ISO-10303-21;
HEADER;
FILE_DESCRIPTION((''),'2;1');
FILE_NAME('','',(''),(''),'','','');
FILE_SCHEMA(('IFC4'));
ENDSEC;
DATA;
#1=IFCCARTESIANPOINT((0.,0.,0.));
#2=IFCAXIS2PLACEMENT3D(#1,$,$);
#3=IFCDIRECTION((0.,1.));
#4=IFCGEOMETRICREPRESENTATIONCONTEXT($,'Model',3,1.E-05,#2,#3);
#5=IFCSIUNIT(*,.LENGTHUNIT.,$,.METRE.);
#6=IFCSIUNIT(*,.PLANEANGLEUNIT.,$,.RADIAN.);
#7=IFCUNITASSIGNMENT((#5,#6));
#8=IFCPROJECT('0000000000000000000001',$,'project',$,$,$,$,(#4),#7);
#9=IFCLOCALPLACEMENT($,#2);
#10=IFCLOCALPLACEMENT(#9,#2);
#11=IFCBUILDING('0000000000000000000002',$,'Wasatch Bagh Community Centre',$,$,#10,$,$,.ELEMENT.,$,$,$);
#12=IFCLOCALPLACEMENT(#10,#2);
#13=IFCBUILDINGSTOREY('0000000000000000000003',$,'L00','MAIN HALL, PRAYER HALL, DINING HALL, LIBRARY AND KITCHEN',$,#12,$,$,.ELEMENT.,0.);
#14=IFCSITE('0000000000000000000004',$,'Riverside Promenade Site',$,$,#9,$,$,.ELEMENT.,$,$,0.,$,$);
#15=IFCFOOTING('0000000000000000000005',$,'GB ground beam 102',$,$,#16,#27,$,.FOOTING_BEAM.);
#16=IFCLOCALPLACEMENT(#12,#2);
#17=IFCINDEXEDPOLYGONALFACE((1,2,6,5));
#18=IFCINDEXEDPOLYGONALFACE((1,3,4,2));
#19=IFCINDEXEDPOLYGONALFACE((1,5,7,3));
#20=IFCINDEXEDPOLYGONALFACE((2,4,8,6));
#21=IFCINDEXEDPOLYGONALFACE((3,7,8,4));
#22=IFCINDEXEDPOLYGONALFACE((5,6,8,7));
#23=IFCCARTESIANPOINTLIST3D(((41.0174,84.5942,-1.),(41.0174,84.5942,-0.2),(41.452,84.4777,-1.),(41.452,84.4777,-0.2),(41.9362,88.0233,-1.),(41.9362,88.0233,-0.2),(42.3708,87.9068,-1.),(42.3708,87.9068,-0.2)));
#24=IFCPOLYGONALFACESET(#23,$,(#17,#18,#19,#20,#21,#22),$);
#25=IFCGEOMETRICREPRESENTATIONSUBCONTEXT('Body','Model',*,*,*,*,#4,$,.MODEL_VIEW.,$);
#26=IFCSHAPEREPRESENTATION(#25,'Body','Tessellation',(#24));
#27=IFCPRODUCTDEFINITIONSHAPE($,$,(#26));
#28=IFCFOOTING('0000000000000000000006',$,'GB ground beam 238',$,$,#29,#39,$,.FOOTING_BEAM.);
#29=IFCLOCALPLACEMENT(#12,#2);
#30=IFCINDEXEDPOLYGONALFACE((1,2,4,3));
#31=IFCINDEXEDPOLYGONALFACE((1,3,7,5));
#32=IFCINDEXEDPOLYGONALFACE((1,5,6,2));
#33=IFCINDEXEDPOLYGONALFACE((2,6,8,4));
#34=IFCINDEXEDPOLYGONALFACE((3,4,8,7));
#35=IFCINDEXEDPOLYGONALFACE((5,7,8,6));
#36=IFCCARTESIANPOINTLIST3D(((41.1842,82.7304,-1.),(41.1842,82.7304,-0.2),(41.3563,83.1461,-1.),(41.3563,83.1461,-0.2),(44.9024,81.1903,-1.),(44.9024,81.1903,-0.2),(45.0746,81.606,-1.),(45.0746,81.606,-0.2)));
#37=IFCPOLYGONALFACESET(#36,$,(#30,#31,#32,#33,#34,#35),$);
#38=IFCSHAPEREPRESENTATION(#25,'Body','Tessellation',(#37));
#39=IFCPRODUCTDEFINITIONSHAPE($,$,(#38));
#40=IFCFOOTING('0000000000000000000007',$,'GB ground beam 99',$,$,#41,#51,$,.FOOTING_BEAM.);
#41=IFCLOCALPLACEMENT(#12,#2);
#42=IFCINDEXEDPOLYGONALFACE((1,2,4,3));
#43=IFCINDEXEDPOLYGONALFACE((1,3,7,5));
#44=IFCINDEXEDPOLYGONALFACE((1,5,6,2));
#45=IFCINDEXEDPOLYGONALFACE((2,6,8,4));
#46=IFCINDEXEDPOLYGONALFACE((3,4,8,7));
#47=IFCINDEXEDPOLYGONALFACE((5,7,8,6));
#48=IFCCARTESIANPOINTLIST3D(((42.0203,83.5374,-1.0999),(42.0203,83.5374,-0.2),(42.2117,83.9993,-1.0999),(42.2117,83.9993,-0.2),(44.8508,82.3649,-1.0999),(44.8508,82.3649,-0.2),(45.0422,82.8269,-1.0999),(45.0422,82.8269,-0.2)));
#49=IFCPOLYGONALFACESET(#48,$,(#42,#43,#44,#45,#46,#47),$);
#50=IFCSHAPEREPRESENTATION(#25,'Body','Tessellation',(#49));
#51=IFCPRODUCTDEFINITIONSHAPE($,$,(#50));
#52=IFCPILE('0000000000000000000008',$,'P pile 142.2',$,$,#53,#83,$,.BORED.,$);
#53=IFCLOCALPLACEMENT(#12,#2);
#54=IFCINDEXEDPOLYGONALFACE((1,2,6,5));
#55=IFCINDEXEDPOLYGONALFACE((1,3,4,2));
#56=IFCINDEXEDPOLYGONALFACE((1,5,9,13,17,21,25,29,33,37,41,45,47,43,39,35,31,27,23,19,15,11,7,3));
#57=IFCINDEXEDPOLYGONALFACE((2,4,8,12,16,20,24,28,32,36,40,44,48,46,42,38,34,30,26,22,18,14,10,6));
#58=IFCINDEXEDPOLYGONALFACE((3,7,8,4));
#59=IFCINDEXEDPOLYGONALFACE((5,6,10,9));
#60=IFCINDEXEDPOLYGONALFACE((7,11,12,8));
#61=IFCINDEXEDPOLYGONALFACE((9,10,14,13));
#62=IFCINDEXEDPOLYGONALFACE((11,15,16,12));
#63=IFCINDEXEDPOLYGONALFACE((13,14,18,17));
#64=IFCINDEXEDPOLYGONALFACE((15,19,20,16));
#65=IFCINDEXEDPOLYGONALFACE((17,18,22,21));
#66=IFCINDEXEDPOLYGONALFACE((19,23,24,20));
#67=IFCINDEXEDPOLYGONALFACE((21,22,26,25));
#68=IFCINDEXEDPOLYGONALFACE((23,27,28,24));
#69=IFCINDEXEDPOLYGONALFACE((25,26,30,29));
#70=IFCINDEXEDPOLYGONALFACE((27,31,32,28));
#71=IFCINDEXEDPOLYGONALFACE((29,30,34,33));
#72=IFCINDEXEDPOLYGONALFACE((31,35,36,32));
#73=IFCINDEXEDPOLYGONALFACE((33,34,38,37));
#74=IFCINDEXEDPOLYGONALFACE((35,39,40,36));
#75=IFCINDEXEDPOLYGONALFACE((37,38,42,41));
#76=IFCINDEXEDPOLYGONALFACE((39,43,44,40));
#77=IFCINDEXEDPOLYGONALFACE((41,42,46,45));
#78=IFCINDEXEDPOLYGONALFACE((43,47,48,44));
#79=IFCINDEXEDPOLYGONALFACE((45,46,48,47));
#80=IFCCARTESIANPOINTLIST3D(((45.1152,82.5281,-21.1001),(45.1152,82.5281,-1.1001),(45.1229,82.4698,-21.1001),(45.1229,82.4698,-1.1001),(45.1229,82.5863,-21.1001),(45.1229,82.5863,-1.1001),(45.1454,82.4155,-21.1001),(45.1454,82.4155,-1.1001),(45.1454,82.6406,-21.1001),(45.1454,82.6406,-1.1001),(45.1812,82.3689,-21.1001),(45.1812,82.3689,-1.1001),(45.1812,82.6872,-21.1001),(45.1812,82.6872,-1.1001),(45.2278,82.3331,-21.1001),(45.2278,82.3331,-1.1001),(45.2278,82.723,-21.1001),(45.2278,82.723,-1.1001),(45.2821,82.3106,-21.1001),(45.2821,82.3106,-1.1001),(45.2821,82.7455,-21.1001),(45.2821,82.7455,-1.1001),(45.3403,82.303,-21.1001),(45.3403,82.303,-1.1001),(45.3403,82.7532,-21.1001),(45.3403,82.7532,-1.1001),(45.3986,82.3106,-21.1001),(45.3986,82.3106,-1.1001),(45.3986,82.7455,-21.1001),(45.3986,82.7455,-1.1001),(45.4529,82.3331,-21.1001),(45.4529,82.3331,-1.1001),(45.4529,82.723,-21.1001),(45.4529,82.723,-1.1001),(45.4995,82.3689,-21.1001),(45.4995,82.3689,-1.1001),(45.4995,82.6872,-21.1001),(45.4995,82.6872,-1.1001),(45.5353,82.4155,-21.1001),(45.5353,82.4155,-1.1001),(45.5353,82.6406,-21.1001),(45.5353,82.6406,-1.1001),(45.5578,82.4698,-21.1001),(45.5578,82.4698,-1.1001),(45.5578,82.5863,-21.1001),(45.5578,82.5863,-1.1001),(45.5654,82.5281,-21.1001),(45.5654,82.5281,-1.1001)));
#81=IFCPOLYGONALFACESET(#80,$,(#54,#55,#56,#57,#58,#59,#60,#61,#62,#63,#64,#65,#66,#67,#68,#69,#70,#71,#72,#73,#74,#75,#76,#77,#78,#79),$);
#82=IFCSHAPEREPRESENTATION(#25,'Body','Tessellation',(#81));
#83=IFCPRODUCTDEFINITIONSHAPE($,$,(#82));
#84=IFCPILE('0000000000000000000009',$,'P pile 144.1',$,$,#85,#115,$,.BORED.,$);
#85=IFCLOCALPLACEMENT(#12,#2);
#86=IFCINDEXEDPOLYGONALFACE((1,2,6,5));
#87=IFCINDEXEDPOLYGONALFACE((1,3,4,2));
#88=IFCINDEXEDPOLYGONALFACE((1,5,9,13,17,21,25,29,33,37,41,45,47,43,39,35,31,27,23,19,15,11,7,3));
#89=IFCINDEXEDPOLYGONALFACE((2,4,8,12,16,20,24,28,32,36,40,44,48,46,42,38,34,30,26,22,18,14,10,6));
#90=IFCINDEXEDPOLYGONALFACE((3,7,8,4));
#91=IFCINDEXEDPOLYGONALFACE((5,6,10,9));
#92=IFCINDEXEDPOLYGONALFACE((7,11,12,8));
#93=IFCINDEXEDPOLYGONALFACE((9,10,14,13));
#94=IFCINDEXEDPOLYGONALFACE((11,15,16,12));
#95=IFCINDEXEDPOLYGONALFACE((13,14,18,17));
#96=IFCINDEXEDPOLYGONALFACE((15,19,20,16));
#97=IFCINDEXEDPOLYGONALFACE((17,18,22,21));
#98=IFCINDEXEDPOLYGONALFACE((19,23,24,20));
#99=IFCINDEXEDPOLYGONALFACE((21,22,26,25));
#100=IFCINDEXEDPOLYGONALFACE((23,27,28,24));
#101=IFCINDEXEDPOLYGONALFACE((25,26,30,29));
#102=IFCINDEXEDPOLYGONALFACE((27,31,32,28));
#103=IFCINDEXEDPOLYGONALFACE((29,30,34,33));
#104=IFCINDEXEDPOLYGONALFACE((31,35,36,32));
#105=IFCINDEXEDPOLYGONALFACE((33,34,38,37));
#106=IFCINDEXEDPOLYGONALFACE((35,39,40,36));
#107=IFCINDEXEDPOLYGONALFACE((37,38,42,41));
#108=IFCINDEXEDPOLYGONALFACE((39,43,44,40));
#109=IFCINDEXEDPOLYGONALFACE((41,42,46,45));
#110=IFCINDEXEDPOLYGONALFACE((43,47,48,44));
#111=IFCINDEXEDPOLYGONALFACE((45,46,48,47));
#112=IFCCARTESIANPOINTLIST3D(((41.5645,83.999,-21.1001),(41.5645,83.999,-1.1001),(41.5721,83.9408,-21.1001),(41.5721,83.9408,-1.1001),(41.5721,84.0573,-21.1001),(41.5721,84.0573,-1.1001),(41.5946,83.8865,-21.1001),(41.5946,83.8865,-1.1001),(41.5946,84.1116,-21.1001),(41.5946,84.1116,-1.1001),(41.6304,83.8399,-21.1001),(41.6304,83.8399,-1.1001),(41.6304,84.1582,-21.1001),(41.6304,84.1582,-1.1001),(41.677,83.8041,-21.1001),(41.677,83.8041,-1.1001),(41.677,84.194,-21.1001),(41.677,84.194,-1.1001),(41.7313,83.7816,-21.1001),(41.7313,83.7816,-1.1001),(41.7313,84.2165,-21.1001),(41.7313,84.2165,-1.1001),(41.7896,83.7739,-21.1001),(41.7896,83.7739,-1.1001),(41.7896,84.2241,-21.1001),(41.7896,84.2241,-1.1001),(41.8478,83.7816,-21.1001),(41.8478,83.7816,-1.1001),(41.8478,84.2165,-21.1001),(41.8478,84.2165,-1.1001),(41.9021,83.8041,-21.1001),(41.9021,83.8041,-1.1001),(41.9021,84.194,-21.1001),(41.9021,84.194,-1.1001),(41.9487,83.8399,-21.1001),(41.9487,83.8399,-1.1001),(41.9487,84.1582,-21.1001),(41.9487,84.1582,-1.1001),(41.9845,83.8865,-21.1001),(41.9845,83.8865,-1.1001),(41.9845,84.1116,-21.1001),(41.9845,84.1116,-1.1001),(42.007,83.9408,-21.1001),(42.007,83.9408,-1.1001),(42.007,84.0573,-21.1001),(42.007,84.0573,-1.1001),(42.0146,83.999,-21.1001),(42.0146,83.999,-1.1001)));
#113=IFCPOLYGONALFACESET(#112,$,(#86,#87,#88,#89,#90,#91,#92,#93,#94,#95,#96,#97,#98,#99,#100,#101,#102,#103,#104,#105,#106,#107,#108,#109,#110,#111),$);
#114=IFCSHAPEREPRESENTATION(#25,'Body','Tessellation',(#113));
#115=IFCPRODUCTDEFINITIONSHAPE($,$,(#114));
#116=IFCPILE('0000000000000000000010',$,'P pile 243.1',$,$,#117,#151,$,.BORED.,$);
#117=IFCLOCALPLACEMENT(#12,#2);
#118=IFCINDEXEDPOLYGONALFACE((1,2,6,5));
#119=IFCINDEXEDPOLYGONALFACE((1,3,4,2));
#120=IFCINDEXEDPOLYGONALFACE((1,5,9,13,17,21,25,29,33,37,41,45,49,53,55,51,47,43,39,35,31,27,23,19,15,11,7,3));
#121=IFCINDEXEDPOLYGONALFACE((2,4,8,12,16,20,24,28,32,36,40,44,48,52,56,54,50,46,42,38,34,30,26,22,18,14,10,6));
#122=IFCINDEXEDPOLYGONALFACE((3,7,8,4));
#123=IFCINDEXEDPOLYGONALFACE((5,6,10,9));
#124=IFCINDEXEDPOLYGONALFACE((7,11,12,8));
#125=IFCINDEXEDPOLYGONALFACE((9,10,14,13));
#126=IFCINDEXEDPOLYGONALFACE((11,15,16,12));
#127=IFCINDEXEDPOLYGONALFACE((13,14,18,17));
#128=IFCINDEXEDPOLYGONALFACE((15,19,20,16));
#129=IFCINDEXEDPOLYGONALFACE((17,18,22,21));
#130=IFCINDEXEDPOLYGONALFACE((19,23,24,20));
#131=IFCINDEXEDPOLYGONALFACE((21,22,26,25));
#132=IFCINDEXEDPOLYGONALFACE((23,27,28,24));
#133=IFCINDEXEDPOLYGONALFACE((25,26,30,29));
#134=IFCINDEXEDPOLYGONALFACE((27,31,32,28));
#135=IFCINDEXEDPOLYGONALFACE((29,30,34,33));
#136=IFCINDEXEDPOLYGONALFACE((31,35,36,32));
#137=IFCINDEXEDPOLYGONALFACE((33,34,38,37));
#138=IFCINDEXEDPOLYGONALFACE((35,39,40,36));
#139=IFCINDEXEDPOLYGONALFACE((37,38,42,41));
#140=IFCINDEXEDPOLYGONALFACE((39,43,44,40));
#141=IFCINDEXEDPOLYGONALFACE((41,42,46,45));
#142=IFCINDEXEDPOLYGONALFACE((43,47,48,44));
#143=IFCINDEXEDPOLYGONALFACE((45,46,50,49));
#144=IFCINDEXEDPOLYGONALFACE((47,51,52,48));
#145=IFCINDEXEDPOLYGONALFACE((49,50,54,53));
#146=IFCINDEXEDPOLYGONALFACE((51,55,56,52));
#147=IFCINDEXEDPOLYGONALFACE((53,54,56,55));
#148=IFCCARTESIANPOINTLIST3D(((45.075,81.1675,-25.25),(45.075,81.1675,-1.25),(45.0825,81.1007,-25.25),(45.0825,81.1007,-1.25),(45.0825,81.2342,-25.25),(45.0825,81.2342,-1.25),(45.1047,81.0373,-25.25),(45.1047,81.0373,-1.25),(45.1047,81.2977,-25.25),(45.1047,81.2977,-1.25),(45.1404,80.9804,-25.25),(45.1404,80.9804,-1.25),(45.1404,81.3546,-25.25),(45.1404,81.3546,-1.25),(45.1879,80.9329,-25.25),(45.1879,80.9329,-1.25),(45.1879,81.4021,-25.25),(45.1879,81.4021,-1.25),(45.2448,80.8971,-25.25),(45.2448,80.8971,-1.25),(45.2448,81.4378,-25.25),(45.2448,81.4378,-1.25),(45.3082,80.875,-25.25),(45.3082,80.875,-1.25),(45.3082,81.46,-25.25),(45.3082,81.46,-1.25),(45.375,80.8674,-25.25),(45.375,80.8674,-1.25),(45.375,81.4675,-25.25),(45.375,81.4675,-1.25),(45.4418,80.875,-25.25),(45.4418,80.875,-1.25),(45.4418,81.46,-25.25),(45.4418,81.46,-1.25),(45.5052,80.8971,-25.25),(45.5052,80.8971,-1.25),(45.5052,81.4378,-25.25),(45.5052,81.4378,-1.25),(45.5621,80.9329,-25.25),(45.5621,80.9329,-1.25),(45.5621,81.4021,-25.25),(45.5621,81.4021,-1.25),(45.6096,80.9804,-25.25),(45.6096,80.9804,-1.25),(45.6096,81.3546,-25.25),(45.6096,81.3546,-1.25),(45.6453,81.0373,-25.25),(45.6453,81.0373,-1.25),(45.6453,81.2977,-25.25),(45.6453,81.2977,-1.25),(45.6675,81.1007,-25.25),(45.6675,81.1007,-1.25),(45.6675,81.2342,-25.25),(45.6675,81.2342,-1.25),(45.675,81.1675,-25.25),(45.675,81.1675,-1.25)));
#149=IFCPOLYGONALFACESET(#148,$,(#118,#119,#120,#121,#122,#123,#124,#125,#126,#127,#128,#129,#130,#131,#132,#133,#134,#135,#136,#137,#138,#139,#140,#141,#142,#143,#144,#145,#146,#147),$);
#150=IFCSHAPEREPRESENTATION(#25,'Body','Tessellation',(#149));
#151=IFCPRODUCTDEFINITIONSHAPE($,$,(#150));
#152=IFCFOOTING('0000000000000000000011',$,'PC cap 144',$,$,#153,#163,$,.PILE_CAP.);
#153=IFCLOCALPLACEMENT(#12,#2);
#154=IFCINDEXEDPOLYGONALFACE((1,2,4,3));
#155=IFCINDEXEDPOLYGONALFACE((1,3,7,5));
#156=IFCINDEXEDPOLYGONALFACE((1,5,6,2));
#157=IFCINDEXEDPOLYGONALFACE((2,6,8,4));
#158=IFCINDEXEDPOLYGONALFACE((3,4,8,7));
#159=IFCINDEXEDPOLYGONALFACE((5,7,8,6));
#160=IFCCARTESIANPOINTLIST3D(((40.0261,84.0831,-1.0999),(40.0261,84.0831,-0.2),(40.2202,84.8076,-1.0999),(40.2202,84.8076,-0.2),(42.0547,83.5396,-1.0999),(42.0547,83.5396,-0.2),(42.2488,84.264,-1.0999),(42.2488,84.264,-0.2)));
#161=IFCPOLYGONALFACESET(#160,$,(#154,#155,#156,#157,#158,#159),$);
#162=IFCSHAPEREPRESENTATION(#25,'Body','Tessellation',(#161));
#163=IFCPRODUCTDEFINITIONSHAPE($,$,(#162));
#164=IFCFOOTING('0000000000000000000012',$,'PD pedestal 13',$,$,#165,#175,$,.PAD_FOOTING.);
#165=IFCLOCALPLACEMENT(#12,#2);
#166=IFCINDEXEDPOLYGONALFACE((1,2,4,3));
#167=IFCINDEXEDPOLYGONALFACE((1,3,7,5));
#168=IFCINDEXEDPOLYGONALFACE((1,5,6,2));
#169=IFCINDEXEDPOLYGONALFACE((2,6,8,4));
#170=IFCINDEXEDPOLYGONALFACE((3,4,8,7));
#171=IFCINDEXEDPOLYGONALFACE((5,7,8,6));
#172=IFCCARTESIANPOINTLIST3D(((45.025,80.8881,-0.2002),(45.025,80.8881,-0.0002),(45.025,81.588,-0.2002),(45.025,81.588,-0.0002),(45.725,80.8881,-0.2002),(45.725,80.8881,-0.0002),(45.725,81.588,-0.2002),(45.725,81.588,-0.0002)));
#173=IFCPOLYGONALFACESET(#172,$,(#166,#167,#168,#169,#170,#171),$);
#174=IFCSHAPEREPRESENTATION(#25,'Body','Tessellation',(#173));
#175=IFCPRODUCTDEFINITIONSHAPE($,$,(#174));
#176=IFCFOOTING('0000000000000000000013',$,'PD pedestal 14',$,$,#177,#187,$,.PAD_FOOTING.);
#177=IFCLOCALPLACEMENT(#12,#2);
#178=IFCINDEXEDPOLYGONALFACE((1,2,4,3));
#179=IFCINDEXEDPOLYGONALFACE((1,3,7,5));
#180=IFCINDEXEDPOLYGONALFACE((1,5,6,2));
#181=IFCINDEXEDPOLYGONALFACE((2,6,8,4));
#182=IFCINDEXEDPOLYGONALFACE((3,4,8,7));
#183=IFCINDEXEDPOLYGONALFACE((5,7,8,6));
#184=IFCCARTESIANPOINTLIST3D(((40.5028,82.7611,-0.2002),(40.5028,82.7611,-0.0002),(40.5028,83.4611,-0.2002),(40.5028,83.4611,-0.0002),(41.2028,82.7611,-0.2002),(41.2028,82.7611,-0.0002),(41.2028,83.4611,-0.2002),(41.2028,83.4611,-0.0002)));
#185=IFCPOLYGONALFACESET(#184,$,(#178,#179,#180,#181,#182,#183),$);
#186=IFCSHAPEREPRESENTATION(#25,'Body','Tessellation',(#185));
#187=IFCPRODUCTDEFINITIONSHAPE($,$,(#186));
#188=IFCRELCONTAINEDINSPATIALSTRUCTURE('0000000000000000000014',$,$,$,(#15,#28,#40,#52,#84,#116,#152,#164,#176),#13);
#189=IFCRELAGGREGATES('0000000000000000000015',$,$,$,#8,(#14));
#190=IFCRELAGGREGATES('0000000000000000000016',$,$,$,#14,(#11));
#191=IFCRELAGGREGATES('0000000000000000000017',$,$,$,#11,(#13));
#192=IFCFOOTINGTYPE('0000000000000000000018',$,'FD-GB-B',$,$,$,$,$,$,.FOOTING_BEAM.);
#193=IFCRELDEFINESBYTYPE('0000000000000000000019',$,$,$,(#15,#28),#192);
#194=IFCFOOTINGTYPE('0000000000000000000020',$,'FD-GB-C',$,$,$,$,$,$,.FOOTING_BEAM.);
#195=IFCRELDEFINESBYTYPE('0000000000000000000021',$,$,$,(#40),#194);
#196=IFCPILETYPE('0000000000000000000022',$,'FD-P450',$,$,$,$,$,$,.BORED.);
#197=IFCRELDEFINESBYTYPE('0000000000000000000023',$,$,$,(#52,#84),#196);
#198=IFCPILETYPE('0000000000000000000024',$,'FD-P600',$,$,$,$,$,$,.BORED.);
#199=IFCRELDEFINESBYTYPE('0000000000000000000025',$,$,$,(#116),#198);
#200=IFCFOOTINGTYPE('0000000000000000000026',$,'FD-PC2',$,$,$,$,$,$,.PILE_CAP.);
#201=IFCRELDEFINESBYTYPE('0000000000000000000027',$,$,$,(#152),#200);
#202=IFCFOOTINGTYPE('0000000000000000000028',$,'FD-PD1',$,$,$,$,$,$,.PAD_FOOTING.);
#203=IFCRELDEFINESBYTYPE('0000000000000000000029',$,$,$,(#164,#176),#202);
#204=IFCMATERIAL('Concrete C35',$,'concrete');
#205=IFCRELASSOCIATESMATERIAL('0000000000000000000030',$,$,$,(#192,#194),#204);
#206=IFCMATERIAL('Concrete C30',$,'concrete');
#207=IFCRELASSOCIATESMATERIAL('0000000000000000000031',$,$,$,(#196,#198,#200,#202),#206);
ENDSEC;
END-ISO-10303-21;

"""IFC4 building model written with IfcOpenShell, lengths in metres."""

from ifc_helpers import new_model, si_unit, direction, frame, origin, origin_2d, place, context, subcontext, project, spatial, rectangle, circle, extrude, material, material_profile, profile_set, type_object, element, save


model = new_model("IFC4")

# Units and contexts
model_context = context("Model", 3, precision=1e-05, world=origin(), true_north=direction((0.0, 1.0)))
body_context = subcontext(model_context, "Body", "Model", "MODEL_VIEW")
ifc_project = project(units=[si_unit("LENGTHUNIT", "METRE"), si_unit("PLANEANGLEUNIT", "RADIAN")], contexts=[model_context])

# Site, building, storey
site_placement = place(None, origin())
site = spatial("IfcSite", under=ifc_project, at=site_placement, Name="Riverside Promenade Site", CompositionType="ELEMENT", RefElevation=0.0)
building_placement = place(site_placement, origin())
building = spatial("IfcBuilding", under=site, at=building_placement, Name="Wasatch Bagh Community Centre", CompositionType="ELEMENT")
storey_placement = place(building_placement, origin())
storey = spatial("IfcBuildingStorey", under=building, at=storey_placement, Name="L00", Description="MAIN HALL, PRAYER HALL, DINING HALL, LIBRARY AND KITCHEN", CompositionType="ELEMENT", Elevation=0.0)

# Footings
ifc_material_1 = material(Name="Concrete C35", Category="concrete")
footing_type_1 = type_object("IfcFootingType", Name="FD-GB-B", PredefinedType="FOOTING_BEAM", material=ifc_material_1)
footing_1_placement = place(storey_placement, frame((41.6941, 86.2505, -1.0), z_axis=(0.0, 0.0, 1.0), x_axis=(0.258819, 0.965926, 0.0)))
element("IfcFooting", 1, at=footing_1_placement, inside=storey, type_object=footing_type_1, Name="GB ground beam 102", PredefinedType="FOOTING_BEAM", context=body_context, shape_type="SweptSolid", body=[
    extrude(rectangle(XDim=3.55, YDim=0.45, at=origin_2d()), origin(), (0.0, 0.0, 1.0), 0.8),
])
footing_2_placement = place(storey_placement, frame((43.1294, 82.1682, -1.0), z_axis=(0.0, 0.0, 1.0), x_axis=(-0.92388, 0.382683, 0.0)))
element("IfcFooting", 2, at=footing_2_placement, inside=storey, type_object=footing_type_1, Name="GB ground beam 238", PredefinedType="FOOTING_BEAM", context=body_context, shape_type="SweptSolid", body=[
    extrude(rectangle(XDim=4.0247, YDim=0.45, at=origin_2d()), origin(), (0.0, 0.0, 1.0), 0.8),
])
footing_type_2 = type_object("IfcFootingType", Name="FD-GB-C", PredefinedType="FOOTING_BEAM", material=ifc_material_1)
footing_3_placement = place(storey_placement, frame((43.5312, 83.1821, -1.0999), z_axis=(0.0, 0.0, 1.0), x_axis=(-0.92388, 0.382683, 0.0)))
element("IfcFooting", 3, at=footing_3_placement, inside=storey, type_object=footing_type_2, Name="GB ground beam 99", PredefinedType="FOOTING_BEAM", context=body_context, shape_type="SweptSolid", body=[
    extrude(rectangle(XDim=3.0637, YDim=0.5, at=origin_2d()), origin(), (0.0, 0.0, 1.0), 0.8999),
])

# Piles
ifc_material_2 = material(Name="Concrete C30", Category="concrete")
ifc_material_profile_1 = material_profile(ifc_material_2, circle(Radius=0.2251, at=origin_2d()), Name="RC D450")
ifc_profile_set_1 = profile_set([ifc_material_profile_1], Name="Concrete C30")
pile_type_1 = type_object("IfcPileType", Name="FD-P450", PredefinedType="BORED", material=ifc_profile_set_1)
for number, where, z_axis, x_axis, name in (
    (4, (45.3403, 82.5281, -1.1001), (0.0, 0.0, -1.0), (1.0, 0.0, 0.0), "P pile 142.2"),
    (5, (41.7896, 83.999, -1.1001), (0.0, 0.0, -1.0), (1.0, 0.0, 0.0), "P pile 144.1"),
):
    element("IfcPile", number, at=place(storey_placement, frame(where, z_axis=z_axis, x_axis=x_axis)), inside=storey, type_object=pile_type_1, Name=name, PredefinedType="BORED", context=body_context, shape_type="SweptSolid", body=[
        extrude(circle(Radius=0.2251, at=origin_2d()), origin(), (0.0, 0.0, 1.0), 20.0),
    ])
ifc_material_profile_2 = material_profile(ifc_material_2, circle(Radius=0.3, at=origin_2d()), Name="RC D600")
ifc_profile_set_2 = profile_set([ifc_material_profile_2], Name="Concrete C30")
pile_type_2 = type_object("IfcPileType", Name="FD-P600", PredefinedType="BORED", material=ifc_profile_set_2)
pile_placement = place(storey_placement, frame((45.375, 81.1675, -1.25), z_axis=(0.0, 0.0, -1.0), x_axis=(1.0, 0.0, 0.0)))
element("IfcPile", 6, at=pile_placement, inside=storey, type_object=pile_type_2, Name="P pile 243.1", PredefinedType="BORED", context=body_context, shape_type="SweptSolid", body=[
    extrude(circle(Radius=0.3, at=origin_2d()), origin(), (0.0, 0.0, 1.0), 24.0),
])

# Footings
footing_type_3 = type_object("IfcFootingType", Name="FD-PC2", PredefinedType="PILE_CAP", material=ifc_material_2)
footing_4_placement = place(storey_placement, frame((41.1375, 84.1736, -1.0999), z_axis=(0.0, 0.0, 1.0), x_axis=(-0.965926, 0.258819, 0.0)))
element("IfcFooting", 7, at=footing_4_placement, inside=storey, type_object=footing_type_3, Name="PC cap 144", PredefinedType="PILE_CAP", context=body_context, shape_type="SweptSolid", body=[
    extrude(rectangle(XDim=2.1001, YDim=0.75, at=origin_2d()), origin(), (0.0, 0.0, 1.0), 0.8999),
])
footing_type_4 = type_object("IfcFootingType", Name="FD-PD1", PredefinedType="PAD_FOOTING", material=ifc_material_2)
for number, where, z_axis, x_axis, name in (
    (8, (45.375, 81.238, -0.2002), (0.0, 0.0, 1.0), (1.0, 0.0, 0.0), "PD pedestal 13"),
    (9, (40.8528, 83.1111, -0.2002), (0.0, 0.0, 1.0), (1.0, 0.0, 0.0), "PD pedestal 14"),
):
    element("IfcFooting", number, at=place(storey_placement, frame(where, z_axis=z_axis, x_axis=x_axis)), inside=storey, type_object=footing_type_4, Name=name, PredefinedType="PAD_FOOTING", context=body_context, shape_type="SweptSolid", body=[
        extrude(rectangle(XDim=0.7, YDim=0.7, at=origin_2d()), origin(), (0.0, 0.0, 1.0), 0.2),
    ])

save(model, "model.ifc")
